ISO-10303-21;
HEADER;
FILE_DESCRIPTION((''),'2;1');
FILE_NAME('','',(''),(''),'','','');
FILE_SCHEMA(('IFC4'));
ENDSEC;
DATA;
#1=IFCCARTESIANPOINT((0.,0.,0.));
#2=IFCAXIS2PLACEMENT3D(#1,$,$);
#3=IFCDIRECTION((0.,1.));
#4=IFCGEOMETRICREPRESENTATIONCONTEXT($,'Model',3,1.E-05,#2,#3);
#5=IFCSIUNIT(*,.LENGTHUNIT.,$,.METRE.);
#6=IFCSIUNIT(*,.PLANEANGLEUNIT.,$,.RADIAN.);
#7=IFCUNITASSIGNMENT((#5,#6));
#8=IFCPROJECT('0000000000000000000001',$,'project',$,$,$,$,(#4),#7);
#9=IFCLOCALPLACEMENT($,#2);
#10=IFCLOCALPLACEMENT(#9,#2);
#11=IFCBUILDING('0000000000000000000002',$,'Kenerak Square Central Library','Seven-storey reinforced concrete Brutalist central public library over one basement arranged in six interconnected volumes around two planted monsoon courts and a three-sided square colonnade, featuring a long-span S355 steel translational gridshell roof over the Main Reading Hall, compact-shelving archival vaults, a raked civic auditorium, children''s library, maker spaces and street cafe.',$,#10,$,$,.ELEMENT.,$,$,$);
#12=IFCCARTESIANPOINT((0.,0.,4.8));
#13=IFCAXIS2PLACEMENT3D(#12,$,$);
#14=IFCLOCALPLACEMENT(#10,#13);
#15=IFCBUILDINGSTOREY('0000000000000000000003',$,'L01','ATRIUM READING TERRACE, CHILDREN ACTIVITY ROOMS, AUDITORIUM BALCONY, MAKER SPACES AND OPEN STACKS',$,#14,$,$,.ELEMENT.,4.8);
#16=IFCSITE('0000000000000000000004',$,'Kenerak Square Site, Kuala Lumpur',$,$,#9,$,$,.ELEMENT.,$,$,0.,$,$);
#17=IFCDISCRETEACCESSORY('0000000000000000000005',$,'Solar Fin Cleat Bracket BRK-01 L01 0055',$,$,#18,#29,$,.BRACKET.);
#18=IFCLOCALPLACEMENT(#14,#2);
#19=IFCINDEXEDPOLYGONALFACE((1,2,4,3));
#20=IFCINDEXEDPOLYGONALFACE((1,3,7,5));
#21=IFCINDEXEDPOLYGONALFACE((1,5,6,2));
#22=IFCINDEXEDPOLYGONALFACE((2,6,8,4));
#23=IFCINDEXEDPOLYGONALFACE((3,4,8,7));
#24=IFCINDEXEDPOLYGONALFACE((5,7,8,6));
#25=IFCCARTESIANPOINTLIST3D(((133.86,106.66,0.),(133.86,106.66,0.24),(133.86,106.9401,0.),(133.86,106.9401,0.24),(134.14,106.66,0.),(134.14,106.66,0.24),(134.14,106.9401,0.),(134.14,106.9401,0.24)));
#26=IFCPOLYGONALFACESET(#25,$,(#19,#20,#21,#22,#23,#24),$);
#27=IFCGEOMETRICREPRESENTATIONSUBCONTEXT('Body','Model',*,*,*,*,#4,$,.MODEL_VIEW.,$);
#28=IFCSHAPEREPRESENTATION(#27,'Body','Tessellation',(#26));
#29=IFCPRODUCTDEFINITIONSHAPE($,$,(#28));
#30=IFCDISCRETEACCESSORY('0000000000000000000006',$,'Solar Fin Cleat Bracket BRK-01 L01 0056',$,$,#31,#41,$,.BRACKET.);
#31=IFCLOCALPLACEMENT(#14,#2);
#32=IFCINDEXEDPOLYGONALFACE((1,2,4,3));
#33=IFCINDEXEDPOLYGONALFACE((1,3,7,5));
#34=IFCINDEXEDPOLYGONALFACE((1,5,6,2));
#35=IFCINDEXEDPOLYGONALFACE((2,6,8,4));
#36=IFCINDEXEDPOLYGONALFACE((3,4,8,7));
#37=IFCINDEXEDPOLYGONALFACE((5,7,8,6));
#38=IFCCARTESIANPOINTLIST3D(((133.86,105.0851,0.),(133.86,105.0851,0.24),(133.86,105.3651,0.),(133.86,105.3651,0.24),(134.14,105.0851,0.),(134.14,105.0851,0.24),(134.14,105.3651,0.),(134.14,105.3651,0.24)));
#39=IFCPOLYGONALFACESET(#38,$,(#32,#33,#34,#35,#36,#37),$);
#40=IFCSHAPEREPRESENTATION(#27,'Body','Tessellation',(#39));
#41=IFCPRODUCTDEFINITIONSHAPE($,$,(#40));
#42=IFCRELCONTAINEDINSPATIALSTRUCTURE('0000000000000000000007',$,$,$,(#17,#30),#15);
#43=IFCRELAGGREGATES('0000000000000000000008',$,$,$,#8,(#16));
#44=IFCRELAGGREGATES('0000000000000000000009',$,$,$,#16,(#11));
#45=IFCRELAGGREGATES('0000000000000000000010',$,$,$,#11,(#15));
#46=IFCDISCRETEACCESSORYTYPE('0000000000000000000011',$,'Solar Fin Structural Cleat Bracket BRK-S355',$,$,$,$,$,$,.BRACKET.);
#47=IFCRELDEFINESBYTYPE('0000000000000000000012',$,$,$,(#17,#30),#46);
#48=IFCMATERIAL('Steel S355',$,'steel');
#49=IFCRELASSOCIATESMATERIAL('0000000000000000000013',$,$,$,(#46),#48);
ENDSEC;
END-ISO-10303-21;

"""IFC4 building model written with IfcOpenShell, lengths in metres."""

from ifc_helpers import new_model, si_unit, direction, frame, origin, origin_2d, place, context, subcontext, project, spatial, rectangle, extrude, material, type_object, element, save


model = new_model("IFC4")

# Units and contexts
model_context = context("Model", 3, precision=1e-05, world=origin(), true_north=direction((0.0, 1.0)))
body_context = subcontext(model_context, "Body", "Model", "MODEL_VIEW")
ifc_project = project(units=[si_unit("LENGTHUNIT", "METRE"), si_unit("PLANEANGLEUNIT", "RADIAN")], contexts=[model_context])

# Site, building, storey
site_placement = place(None, origin())
site = spatial("IfcSite", under=ifc_project, at=site_placement, Name="Kenerak Square Site, Kuala Lumpur", CompositionType="ELEMENT", RefElevation=0.0)
building_placement = place(site_placement, origin())
building = spatial("IfcBuilding", under=site, at=building_placement, Name="Kenerak Square Central Library", Description="Seven-storey reinforced concrete Brutalist central public library over one basement arranged in six interconnected volumes around two planted monsoon courts and a three-sided square colonnade, featuring a long-span S355 steel translational gridshell roof over the Main Reading Hall, compact-shelving archival vaults, a raked civic auditorium, children's library, maker spaces and street cafe.", CompositionType="ELEMENT")
storey_placement = place(building_placement, frame((0.0, 0.0, 4.8)))
storey = spatial("IfcBuildingStorey", under=building, at=storey_placement, Name="L01", Description="ATRIUM READING TERRACE, CHILDREN ACTIVITY ROOMS, AUDITORIUM BALCONY, MAKER SPACES AND OPEN STACKS", CompositionType="ELEMENT", Elevation=4.8)

# Discrete accessories
ifc_material_1 = material(Name="Steel S355", Category="steel")
discrete_accessory_type = type_object("IfcDiscreteAccessoryType", Name="Solar Fin Structural Cleat Bracket BRK-S355", PredefinedType="BRACKET", material=ifc_material_1)
for number, where, z_axis, x_axis, name in (
    (1, (134.0, 106.8, 0.0), (0.0, 0.0, 1.0), (0.0, -1.0, 0.0), "Solar Fin Cleat Bracket BRK-01 L01 0055"),
    (2, (134.0, 105.2251, 0.0), (0.0, 0.0, 1.0), (0.0, -1.0, 0.0), "Solar Fin Cleat Bracket BRK-01 L01 0056"),
):
    element("IfcDiscreteAccessory", number, at=place(storey_placement, frame(where, z_axis=z_axis, x_axis=x_axis)), inside=storey, type_object=discrete_accessory_type, Name=name, PredefinedType="BRACKET", context=body_context, shape_type="SweptSolid", body=[
        extrude(rectangle(XDim=0.28, YDim=0.28, at=origin_2d()), origin(), (0.0, 0.0, 1.0), 0.24),
    ])

save(model, "model.ifc")
